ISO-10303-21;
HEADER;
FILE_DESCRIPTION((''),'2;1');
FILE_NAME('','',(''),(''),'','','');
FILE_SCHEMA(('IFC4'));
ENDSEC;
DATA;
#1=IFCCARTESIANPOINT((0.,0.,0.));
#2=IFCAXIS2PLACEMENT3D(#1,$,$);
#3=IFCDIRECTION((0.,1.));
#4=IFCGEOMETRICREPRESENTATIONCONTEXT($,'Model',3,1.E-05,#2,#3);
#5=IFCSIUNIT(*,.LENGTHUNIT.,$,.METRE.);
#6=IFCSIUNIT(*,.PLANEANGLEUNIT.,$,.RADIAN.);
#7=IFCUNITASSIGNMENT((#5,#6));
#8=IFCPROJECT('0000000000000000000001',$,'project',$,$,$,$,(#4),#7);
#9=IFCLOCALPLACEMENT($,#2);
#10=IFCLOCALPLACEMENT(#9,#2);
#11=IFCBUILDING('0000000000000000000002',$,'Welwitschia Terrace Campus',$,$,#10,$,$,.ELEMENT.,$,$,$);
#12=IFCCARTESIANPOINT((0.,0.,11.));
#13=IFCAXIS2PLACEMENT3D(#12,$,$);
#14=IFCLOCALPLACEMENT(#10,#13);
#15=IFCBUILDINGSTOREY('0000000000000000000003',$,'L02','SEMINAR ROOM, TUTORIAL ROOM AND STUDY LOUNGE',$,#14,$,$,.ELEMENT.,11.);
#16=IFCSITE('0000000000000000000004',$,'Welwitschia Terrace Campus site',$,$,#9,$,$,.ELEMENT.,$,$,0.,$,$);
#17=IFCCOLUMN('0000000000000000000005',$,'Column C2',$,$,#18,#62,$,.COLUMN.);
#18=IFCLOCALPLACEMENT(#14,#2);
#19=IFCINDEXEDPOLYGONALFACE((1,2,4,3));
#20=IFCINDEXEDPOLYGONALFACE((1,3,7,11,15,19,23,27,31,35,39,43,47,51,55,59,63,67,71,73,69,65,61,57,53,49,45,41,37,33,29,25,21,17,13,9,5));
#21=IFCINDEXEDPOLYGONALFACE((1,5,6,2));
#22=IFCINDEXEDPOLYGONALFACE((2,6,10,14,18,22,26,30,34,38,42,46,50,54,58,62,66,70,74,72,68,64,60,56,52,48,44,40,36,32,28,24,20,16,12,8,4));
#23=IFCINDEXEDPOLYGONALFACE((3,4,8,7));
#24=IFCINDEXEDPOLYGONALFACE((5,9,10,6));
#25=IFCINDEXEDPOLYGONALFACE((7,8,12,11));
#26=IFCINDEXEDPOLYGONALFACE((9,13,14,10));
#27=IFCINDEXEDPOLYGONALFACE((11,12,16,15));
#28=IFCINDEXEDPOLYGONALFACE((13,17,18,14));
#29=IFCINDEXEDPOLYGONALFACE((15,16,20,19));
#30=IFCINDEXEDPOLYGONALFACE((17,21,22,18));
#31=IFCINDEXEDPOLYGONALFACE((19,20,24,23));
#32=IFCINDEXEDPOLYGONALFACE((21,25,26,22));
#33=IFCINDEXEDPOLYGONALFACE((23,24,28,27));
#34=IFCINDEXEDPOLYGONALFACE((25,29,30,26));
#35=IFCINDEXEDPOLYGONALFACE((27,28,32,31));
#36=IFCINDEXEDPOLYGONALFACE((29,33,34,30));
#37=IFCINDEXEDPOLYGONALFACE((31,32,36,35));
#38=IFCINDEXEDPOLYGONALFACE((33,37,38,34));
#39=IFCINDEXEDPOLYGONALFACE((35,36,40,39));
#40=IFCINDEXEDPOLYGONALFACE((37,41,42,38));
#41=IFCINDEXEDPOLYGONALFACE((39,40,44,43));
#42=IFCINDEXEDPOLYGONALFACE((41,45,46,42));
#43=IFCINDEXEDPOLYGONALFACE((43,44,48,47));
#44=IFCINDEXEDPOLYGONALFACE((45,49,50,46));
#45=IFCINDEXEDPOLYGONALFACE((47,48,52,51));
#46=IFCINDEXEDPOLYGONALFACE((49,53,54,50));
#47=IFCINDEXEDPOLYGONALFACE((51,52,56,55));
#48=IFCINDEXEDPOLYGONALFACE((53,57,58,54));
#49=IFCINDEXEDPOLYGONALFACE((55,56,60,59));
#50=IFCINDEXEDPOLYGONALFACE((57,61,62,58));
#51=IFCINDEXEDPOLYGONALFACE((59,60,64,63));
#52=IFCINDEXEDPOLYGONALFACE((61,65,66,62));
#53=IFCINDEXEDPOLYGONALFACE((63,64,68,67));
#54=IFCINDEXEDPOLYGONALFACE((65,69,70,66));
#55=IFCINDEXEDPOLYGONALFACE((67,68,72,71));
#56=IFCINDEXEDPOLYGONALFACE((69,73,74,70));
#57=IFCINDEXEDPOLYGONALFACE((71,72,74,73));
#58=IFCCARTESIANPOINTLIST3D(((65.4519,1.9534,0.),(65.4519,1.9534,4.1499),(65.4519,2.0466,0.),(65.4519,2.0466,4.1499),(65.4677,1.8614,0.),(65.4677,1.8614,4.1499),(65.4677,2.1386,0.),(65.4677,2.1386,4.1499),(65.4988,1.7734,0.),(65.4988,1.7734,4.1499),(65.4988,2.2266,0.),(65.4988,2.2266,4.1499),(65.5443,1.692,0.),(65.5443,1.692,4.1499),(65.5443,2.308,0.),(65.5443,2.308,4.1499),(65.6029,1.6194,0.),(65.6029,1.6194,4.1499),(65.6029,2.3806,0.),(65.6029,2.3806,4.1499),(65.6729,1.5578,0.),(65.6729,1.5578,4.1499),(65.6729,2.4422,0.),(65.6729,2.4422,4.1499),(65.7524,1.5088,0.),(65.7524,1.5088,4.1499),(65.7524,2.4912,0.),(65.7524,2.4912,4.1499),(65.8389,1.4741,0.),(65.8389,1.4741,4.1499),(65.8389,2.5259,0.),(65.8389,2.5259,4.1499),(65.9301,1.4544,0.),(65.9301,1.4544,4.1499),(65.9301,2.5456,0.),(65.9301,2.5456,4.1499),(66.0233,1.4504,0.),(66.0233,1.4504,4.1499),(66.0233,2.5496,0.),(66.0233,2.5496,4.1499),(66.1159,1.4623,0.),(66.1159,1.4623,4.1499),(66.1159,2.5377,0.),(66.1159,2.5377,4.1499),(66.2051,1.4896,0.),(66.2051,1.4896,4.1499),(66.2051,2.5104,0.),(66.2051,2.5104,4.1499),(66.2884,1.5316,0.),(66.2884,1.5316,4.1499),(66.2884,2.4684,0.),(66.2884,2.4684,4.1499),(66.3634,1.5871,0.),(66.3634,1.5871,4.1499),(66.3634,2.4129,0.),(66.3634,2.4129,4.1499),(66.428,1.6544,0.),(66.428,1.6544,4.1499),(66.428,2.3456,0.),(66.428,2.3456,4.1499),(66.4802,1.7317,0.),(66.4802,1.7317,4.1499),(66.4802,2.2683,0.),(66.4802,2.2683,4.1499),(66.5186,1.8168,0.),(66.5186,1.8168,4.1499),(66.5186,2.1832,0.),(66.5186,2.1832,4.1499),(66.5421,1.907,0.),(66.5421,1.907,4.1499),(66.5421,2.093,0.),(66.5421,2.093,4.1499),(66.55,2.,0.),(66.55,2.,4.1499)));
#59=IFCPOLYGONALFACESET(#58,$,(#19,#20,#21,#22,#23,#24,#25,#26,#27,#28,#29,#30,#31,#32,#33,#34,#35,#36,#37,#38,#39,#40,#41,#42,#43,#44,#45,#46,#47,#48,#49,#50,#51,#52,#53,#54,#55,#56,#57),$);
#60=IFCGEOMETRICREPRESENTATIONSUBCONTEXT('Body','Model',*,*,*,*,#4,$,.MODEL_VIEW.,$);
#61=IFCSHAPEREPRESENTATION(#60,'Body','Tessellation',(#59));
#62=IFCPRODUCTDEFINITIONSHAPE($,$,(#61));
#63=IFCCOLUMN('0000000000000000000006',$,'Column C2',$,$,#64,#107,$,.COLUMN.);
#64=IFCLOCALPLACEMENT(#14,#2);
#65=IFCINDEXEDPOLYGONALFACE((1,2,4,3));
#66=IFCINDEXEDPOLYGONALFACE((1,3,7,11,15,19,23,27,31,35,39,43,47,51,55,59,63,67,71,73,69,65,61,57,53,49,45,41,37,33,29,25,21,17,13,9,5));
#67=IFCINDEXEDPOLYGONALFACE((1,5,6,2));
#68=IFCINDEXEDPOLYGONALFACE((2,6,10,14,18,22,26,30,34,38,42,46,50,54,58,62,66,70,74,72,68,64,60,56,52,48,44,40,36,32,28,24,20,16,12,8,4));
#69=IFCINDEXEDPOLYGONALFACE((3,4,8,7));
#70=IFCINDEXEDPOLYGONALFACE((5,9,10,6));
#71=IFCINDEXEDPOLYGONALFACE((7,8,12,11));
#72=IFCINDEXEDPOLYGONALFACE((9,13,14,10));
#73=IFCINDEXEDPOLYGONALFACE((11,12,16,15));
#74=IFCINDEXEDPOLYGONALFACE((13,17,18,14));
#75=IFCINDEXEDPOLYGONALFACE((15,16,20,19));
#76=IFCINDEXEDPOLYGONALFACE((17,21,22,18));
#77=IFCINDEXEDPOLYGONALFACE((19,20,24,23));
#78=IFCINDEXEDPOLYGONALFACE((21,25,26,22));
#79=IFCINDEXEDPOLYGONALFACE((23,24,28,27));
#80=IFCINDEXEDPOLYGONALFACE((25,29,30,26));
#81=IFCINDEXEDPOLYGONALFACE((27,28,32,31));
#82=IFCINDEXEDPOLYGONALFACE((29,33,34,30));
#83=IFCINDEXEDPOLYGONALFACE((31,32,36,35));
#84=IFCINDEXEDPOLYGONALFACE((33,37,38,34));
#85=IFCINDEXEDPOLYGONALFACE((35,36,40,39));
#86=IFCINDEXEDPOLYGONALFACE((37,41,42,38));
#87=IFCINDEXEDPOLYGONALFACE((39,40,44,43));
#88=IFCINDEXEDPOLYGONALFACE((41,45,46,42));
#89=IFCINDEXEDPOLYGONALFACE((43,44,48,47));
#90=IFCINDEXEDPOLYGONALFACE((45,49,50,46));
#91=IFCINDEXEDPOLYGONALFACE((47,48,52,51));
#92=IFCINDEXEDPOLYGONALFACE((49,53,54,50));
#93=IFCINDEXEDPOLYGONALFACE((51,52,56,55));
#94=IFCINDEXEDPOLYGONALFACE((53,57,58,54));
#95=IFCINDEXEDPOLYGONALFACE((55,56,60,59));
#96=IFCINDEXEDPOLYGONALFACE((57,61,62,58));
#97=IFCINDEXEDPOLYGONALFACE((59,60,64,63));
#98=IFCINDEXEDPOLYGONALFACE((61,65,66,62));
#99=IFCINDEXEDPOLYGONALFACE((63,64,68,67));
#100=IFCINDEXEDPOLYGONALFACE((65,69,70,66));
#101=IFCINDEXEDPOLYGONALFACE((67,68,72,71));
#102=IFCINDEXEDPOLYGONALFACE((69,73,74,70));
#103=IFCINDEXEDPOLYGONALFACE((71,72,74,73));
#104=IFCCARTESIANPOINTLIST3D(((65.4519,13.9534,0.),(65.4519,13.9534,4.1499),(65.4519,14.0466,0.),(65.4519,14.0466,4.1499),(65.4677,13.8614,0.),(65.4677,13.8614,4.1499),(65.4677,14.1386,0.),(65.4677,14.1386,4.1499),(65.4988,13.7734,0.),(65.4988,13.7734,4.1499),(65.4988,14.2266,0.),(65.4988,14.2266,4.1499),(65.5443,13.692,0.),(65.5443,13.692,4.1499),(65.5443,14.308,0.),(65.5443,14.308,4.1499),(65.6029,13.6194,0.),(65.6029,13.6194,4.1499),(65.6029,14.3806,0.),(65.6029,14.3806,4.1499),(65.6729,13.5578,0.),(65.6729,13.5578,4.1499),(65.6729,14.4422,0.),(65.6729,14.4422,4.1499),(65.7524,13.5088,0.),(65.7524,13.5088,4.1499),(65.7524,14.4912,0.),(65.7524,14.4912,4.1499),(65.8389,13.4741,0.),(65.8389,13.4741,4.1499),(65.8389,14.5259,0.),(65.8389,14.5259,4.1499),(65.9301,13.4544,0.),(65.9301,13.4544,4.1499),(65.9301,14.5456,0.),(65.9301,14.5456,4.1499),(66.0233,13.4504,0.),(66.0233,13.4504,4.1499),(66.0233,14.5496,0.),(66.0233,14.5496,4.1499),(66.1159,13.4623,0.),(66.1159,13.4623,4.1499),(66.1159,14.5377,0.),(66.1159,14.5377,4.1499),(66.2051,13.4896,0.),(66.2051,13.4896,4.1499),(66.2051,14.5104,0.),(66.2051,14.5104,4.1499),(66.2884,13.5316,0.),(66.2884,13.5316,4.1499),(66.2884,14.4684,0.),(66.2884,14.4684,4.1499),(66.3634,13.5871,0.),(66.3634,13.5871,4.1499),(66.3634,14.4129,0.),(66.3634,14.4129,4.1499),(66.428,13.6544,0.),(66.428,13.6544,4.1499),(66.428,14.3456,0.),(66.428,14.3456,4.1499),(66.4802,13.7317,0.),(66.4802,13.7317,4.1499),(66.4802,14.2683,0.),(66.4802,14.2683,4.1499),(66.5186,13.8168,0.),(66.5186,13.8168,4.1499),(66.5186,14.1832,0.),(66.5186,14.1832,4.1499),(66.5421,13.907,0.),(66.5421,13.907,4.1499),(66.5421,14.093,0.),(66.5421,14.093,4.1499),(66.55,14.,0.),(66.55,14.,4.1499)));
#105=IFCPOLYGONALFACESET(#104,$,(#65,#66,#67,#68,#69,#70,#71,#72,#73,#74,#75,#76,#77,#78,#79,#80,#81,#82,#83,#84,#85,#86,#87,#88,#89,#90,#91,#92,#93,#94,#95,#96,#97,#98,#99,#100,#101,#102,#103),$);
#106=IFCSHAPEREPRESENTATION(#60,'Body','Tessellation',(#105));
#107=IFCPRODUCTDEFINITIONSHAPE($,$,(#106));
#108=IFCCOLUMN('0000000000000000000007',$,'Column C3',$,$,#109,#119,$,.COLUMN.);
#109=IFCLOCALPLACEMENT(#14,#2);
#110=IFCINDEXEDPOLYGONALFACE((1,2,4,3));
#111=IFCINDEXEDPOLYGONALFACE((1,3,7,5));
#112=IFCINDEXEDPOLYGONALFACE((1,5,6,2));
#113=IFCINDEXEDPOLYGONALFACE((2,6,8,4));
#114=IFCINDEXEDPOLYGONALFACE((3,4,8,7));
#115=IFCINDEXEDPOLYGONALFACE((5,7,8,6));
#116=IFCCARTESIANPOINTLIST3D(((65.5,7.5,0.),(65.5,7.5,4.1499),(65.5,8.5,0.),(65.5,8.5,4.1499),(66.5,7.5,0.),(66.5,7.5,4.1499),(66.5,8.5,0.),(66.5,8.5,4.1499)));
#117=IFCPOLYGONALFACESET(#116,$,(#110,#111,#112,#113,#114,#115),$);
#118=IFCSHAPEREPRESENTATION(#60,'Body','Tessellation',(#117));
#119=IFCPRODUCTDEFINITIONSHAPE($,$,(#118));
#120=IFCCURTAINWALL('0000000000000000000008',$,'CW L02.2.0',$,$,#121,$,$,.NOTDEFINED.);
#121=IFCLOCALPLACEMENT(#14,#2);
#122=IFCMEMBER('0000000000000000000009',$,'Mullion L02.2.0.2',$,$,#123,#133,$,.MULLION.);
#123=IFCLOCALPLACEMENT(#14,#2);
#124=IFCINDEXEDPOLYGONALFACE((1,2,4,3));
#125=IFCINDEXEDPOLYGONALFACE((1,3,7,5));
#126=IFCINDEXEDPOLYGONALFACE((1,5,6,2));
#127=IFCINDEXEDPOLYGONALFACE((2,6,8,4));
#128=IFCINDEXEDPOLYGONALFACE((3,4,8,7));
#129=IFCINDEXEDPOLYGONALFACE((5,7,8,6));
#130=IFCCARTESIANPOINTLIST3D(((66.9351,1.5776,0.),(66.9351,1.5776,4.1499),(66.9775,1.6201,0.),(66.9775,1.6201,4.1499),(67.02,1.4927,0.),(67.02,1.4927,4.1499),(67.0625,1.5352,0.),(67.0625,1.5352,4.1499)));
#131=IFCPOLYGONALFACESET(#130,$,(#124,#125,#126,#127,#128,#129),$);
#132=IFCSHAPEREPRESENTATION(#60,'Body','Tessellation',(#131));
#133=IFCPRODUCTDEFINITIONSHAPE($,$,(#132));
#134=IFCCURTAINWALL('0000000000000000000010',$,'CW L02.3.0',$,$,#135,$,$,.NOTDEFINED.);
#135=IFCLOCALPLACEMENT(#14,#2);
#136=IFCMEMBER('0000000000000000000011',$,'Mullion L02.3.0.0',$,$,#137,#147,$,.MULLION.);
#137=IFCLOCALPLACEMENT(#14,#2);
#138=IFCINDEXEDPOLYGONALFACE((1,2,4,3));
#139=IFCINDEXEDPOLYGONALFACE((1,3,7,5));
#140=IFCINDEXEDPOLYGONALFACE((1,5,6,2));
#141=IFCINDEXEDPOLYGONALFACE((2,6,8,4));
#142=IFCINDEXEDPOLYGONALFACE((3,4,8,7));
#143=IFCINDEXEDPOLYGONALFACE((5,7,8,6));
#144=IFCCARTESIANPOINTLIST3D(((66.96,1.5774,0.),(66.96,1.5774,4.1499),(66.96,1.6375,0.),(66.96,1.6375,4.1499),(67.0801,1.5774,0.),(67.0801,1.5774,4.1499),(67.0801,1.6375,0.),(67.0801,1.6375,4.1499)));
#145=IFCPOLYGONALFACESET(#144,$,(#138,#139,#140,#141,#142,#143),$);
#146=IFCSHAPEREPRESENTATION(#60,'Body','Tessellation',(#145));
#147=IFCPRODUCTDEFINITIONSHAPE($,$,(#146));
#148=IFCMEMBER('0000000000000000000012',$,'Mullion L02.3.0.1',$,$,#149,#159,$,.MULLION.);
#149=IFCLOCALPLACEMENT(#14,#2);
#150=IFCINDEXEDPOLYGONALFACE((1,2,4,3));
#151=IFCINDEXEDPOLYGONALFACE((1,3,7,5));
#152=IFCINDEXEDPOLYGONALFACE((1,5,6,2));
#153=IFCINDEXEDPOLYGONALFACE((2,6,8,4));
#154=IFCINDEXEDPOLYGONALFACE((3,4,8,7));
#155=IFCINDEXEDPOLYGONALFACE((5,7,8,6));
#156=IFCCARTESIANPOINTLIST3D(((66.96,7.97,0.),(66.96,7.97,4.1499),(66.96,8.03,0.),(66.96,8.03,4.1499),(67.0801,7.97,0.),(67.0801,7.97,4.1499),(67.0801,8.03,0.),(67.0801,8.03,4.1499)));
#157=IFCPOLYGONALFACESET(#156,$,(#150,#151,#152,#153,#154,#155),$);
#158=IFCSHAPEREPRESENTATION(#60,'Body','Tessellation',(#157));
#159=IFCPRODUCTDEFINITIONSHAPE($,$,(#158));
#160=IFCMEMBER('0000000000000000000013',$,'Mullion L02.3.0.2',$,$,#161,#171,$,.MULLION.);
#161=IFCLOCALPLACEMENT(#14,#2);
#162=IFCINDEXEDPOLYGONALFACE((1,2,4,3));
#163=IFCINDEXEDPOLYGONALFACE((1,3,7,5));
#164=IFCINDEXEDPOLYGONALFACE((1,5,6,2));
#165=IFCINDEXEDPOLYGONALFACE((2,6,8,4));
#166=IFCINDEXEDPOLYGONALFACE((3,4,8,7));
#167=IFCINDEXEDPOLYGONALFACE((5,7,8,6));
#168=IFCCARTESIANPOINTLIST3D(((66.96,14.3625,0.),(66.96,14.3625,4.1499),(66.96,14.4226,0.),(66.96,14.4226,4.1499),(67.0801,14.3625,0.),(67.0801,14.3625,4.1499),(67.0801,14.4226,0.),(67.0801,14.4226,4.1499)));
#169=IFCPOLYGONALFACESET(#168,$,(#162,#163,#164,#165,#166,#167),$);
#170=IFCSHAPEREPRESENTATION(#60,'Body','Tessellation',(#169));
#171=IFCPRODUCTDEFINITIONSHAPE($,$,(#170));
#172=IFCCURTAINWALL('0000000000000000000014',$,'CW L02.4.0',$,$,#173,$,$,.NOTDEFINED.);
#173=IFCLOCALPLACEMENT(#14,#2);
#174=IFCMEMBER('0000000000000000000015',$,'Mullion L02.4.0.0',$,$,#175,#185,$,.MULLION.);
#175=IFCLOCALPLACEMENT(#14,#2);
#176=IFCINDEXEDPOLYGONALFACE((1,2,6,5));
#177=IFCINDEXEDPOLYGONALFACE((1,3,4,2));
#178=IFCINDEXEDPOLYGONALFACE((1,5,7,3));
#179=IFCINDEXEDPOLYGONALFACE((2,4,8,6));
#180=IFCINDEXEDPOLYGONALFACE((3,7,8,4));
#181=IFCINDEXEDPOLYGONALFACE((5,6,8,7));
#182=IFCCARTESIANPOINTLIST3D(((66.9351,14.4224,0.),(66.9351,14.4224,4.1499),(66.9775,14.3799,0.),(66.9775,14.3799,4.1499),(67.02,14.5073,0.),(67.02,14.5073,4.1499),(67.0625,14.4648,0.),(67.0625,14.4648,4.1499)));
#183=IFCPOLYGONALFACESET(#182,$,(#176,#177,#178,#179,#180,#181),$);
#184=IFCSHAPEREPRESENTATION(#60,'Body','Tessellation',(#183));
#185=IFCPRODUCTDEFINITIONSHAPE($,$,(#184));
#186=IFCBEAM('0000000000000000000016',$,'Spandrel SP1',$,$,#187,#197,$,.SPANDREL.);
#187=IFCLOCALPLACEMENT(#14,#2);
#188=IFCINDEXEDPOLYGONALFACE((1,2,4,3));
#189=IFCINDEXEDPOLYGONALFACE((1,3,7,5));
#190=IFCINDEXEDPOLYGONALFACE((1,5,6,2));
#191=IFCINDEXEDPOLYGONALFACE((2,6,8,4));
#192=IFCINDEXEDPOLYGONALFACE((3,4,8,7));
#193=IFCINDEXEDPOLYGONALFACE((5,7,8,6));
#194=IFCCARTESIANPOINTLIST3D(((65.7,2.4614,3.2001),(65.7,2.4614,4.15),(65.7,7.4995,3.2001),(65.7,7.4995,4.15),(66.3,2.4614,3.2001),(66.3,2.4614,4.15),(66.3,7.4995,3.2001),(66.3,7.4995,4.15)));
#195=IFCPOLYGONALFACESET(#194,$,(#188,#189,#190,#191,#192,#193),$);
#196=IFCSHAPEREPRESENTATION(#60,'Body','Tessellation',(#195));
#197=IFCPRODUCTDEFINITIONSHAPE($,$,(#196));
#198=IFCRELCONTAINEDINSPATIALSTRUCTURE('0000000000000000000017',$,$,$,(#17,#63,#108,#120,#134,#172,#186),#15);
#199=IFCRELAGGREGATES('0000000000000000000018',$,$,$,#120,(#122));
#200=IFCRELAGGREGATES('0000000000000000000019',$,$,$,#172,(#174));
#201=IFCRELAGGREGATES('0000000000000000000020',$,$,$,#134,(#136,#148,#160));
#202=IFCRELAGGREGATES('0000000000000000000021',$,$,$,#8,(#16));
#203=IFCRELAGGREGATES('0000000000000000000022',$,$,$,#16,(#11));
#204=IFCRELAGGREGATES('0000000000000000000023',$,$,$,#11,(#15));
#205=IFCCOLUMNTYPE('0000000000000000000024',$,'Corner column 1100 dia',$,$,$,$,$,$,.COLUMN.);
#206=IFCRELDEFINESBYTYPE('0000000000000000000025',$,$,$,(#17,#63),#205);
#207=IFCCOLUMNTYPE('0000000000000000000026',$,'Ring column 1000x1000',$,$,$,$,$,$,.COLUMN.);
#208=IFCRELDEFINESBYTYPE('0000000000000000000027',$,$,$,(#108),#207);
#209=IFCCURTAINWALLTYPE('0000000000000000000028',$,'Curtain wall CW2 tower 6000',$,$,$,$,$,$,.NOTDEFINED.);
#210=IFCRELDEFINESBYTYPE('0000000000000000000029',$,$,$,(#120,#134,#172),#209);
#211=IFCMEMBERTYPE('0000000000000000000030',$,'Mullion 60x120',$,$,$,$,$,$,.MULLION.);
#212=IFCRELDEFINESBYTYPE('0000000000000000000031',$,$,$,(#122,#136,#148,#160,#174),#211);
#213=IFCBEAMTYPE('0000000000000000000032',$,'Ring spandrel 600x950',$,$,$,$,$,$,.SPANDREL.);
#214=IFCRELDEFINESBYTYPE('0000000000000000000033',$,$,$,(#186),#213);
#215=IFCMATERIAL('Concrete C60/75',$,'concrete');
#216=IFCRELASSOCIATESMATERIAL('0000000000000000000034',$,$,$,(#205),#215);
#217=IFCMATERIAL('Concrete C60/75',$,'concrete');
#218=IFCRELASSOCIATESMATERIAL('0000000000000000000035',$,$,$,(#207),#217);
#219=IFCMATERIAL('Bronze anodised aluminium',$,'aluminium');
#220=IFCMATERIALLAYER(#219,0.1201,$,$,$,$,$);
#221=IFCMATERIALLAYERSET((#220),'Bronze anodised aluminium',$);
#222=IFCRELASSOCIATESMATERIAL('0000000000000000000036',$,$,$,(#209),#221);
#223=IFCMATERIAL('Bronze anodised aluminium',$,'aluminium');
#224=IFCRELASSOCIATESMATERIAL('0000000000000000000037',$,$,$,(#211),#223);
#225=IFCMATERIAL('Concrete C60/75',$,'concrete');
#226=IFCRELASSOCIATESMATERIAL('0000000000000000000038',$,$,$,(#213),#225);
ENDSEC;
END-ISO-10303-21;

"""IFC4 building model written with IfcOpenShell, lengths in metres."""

from ifc_helpers import new_model, si_unit, direction, frame, origin, origin_2d, place, context, subcontext, project, spatial, rectangle, circle, extrude, material, layer, layer_set, material_profile, profile_set, type_object, element, aggregate, save


model = new_model("IFC4")

# Units and contexts
model_context = context("Model", 3, precision=1e-05, world=origin(), true_north=direction((0.0, 1.0)))
body_context = subcontext(model_context, "Body", "Model", "MODEL_VIEW")
ifc_project = project(units=[si_unit("LENGTHUNIT", "METRE"), si_unit("PLANEANGLEUNIT", "RADIAN")], contexts=[model_context])

# Site, building, storey
site_placement = place(None, origin())
site = spatial("IfcSite", under=ifc_project, at=site_placement, Name="Welwitschia Terrace Campus site", CompositionType="ELEMENT", RefElevation=0.0)
building_placement = place(site_placement, origin())
building = spatial("IfcBuilding", under=site, at=building_placement, Name="Welwitschia Terrace Campus", CompositionType="ELEMENT")
storey_placement = place(building_placement, frame((0.0, 0.0, 11.0)))
storey = spatial("IfcBuildingStorey", under=building, at=storey_placement, Name="L02", Description="SEMINAR ROOM, TUTORIAL ROOM AND STUDY LOUNGE", CompositionType="ELEMENT", Elevation=11.0)

# Columns
ifc_material_1 = material(Name="Concrete C60/75", Category="concrete")
ifc_material_profile_1 = material_profile(ifc_material_1, circle(Radius=0.55, at=origin_2d()))
ifc_profile_set_1 = profile_set([ifc_material_profile_1], Name="Concrete C60/75")
column_type_1 = type_object("IfcColumnType", Name="Corner column 1100 dia", PredefinedType="COLUMN", material=ifc_profile_set_1)
for number, where, z_axis, x_axis, name in (
    (1, (66.0, 2.0, 0.0), (0.0, 0.0, 1.0), (1.0, 0.0, 0.0), "Column C2"),
    (2, (66.0, 14.0, 0.0), (0.0, 0.0, 1.0), (1.0, 0.0, 0.0), "Column C2"),
):
    element("IfcColumn", number, at=place(storey_placement, frame(where, z_axis=z_axis, x_axis=x_axis)), inside=storey, type_object=column_type_1, Name=name, PredefinedType="COLUMN", context=body_context, shape_type="SweptSolid", body=[
        extrude(circle(Radius=0.55, at=origin_2d()), origin(), (0.0, 0.0, 1.0), 4.1499),
    ])
ifc_material_2 = material(Name="Concrete C60/75", Category="concrete")
ifc_material_profile_2 = material_profile(ifc_material_2, rectangle(XDim=1.0, YDim=1.0, at=origin_2d()))
ifc_profile_set_2 = profile_set([ifc_material_profile_2], Name="Concrete C60/75")
column_type_2 = type_object("IfcColumnType", Name="Ring column 1000x1000", PredefinedType="COLUMN", material=ifc_profile_set_2)
column_placement = place(storey_placement, frame((66.0, 8.0, 0.0), z_axis=(0.0, 0.0, 1.0), x_axis=(1.0, 0.0, 0.0)))
element("IfcColumn", 3, at=column_placement, inside=storey, type_object=column_type_2, Name="Column C3", PredefinedType="COLUMN", context=body_context, shape_type="SweptSolid", body=[
    extrude(rectangle(XDim=1.0, YDim=1.0, at=origin_2d()), origin(), (0.0, 0.0, 1.0), 4.1499),
])

# Curtain wall, member
ifc_material_3 = material(Name="Bronze anodised aluminium", Category="aluminium")
ifc_layer_1 = layer(ifc_material_3, 0.1201)
ifc_layer_set_1 = layer_set([ifc_layer_1], Name="Bronze anodised aluminium")
curtain_wall_type = type_object("IfcCurtainWallType", Name="Curtain wall CW2 tower 6000", PredefinedType="NOTDEFINED", material=ifc_layer_set_1)
curtain_wall_1_placement = place(storey_placement, origin())
curtain_wall_1 = element("IfcCurtainWall", 4, at=curtain_wall_1_placement, inside=storey, type_object=curtain_wall_type, Name="CW L02.2.0", PredefinedType="NOTDEFINED")
ifc_material_4 = material(Name="Bronze anodised aluminium", Category="aluminium")
ifc_material_profile_3 = material_profile(ifc_material_4, rectangle(XDim=0.1201, YDim=0.0601, at=origin_2d()))
ifc_profile_set_3 = profile_set([ifc_material_profile_3], Name="Bronze anodised aluminium")
member_type_1 = type_object("IfcMemberType", Name="Mullion 60x120", PredefinedType="MULLION", material=ifc_profile_set_3)
member_1_placement = place(storey_placement, frame((66.9988, 1.5564, 0.0), z_axis=(0.0, 0.0, 1.0), x_axis=(-0.707107, 0.707107, 0.0)))
member_1 = element("IfcMember", 5, at=member_1_placement, type_object=member_type_1, Name="Mullion L02.2.0.2", PredefinedType="MULLION", context=body_context, shape_type="SweptSolid", body=[
    extrude(rectangle(XDim=0.1201, YDim=0.0601, at=origin_2d()), origin(), (0.0, 0.0, 1.0), 4.1499),
])
aggregate(curtain_wall_1, [member_1])

# Curtain wall, members
curtain_wall_2_placement = place(storey_placement, origin())
curtain_wall_2 = element("IfcCurtainWall", 6, at=curtain_wall_2_placement, inside=storey, type_object=curtain_wall_type, Name="CW L02.3.0", PredefinedType="NOTDEFINED")
member_2_placement = place(storey_placement, frame((67.02, 1.6074, 0.0), z_axis=(0.0, 0.0, 1.0), x_axis=(-1.0, 0.0, 0.0)))
member_2 = element("IfcMember", 7, at=member_2_placement, type_object=member_type_1, Name="Mullion L02.3.0.0", PredefinedType="MULLION", context=body_context, shape_type="SweptSolid", body=[
    extrude(rectangle(XDim=0.1201, YDim=0.0601, at=origin_2d()), origin(), (0.0, 0.0, 1.0), 4.1499),
])
member_3_placement = place(storey_placement, frame((67.02, 8.0, 0.0), z_axis=(0.0, 0.0, 1.0), x_axis=(-1.0, 0.0, 0.0)))
member_3 = element("IfcMember", 8, at=member_3_placement, type_object=member_type_1, Name="Mullion L02.3.0.1", PredefinedType="MULLION", context=body_context, shape_type="SweptSolid", body=[
    extrude(rectangle(XDim=0.1201, YDim=0.0601, at=origin_2d()), origin(), (0.0, 0.0, 1.0), 4.1499),
])
member_4_placement = place(storey_placement, frame((67.02, 14.3926, 0.0), z_axis=(0.0, 0.0, 1.0), x_axis=(-1.0, 0.0, 0.0)))
member_4 = element("IfcMember", 9, at=member_4_placement, type_object=member_type_1, Name="Mullion L02.3.0.2", PredefinedType="MULLION", context=body_context, shape_type="SweptSolid", body=[
    extrude(rectangle(XDim=0.1201, YDim=0.0601, at=origin_2d()), origin(), (0.0, 0.0, 1.0), 4.1499),
])

# Curtain wall, member
curtain_wall_3_placement = place(storey_placement, origin())
curtain_wall_3 = element("IfcCurtainWall", 10, at=curtain_wall_3_placement, inside=storey, type_object=curtain_wall_type, Name="CW L02.4.0", PredefinedType="NOTDEFINED")
member_5_placement = place(storey_placement, frame((66.9988, 14.4436, 0.0), z_axis=(0.0, 0.0, 1.0), x_axis=(-0.707107, -0.707107, 0.0)))
member_5 = element("IfcMember", 11, at=member_5_placement, type_object=member_type_1, Name="Mullion L02.4.0.0", PredefinedType="MULLION", context=body_context, shape_type="SweptSolid", body=[
    extrude(rectangle(XDim=0.1201, YDim=0.0601, at=origin_2d()), origin(), (0.0, 0.0, 1.0), 4.1499),
])

# Beam
ifc_material_5 = material(Name="Concrete C60/75", Category="concrete")
ifc_material_profile_4 = material_profile(ifc_material_5, rectangle(XDim=0.6001, YDim=0.95, at=origin_2d()))
ifc_profile_set_4 = profile_set([ifc_material_profile_4], Name="Concrete C60/75")
beam_type = type_object("IfcBeamType", Name="Ring spandrel 600x950", PredefinedType="SPANDREL", material=ifc_profile_set_4)
for number, where, z_axis, x_axis, name in (
    (12, (66.0, 2.4614, 3.675), (0.0, 1.0, 0.0), (-1.0, 0.0, 0.0), "Spandrel SP1"),
):
    element("IfcBeam", number, at=place(storey_placement, frame(where, z_axis=z_axis, x_axis=x_axis)), inside=storey, type_object=beam_type, Name=name, PredefinedType="SPANDREL", context=body_context, shape_type="SweptSolid", body=[
        extrude(rectangle(XDim=0.6001, YDim=0.95, at=origin_2d()), origin(), (0.0, 0.0, 1.0), 5.0381),
    ])

aggregate(curtain_wall_3, [member_5])

aggregate(curtain_wall_2, [member_2, member_3, member_4])

save(model, "model.ifc")
